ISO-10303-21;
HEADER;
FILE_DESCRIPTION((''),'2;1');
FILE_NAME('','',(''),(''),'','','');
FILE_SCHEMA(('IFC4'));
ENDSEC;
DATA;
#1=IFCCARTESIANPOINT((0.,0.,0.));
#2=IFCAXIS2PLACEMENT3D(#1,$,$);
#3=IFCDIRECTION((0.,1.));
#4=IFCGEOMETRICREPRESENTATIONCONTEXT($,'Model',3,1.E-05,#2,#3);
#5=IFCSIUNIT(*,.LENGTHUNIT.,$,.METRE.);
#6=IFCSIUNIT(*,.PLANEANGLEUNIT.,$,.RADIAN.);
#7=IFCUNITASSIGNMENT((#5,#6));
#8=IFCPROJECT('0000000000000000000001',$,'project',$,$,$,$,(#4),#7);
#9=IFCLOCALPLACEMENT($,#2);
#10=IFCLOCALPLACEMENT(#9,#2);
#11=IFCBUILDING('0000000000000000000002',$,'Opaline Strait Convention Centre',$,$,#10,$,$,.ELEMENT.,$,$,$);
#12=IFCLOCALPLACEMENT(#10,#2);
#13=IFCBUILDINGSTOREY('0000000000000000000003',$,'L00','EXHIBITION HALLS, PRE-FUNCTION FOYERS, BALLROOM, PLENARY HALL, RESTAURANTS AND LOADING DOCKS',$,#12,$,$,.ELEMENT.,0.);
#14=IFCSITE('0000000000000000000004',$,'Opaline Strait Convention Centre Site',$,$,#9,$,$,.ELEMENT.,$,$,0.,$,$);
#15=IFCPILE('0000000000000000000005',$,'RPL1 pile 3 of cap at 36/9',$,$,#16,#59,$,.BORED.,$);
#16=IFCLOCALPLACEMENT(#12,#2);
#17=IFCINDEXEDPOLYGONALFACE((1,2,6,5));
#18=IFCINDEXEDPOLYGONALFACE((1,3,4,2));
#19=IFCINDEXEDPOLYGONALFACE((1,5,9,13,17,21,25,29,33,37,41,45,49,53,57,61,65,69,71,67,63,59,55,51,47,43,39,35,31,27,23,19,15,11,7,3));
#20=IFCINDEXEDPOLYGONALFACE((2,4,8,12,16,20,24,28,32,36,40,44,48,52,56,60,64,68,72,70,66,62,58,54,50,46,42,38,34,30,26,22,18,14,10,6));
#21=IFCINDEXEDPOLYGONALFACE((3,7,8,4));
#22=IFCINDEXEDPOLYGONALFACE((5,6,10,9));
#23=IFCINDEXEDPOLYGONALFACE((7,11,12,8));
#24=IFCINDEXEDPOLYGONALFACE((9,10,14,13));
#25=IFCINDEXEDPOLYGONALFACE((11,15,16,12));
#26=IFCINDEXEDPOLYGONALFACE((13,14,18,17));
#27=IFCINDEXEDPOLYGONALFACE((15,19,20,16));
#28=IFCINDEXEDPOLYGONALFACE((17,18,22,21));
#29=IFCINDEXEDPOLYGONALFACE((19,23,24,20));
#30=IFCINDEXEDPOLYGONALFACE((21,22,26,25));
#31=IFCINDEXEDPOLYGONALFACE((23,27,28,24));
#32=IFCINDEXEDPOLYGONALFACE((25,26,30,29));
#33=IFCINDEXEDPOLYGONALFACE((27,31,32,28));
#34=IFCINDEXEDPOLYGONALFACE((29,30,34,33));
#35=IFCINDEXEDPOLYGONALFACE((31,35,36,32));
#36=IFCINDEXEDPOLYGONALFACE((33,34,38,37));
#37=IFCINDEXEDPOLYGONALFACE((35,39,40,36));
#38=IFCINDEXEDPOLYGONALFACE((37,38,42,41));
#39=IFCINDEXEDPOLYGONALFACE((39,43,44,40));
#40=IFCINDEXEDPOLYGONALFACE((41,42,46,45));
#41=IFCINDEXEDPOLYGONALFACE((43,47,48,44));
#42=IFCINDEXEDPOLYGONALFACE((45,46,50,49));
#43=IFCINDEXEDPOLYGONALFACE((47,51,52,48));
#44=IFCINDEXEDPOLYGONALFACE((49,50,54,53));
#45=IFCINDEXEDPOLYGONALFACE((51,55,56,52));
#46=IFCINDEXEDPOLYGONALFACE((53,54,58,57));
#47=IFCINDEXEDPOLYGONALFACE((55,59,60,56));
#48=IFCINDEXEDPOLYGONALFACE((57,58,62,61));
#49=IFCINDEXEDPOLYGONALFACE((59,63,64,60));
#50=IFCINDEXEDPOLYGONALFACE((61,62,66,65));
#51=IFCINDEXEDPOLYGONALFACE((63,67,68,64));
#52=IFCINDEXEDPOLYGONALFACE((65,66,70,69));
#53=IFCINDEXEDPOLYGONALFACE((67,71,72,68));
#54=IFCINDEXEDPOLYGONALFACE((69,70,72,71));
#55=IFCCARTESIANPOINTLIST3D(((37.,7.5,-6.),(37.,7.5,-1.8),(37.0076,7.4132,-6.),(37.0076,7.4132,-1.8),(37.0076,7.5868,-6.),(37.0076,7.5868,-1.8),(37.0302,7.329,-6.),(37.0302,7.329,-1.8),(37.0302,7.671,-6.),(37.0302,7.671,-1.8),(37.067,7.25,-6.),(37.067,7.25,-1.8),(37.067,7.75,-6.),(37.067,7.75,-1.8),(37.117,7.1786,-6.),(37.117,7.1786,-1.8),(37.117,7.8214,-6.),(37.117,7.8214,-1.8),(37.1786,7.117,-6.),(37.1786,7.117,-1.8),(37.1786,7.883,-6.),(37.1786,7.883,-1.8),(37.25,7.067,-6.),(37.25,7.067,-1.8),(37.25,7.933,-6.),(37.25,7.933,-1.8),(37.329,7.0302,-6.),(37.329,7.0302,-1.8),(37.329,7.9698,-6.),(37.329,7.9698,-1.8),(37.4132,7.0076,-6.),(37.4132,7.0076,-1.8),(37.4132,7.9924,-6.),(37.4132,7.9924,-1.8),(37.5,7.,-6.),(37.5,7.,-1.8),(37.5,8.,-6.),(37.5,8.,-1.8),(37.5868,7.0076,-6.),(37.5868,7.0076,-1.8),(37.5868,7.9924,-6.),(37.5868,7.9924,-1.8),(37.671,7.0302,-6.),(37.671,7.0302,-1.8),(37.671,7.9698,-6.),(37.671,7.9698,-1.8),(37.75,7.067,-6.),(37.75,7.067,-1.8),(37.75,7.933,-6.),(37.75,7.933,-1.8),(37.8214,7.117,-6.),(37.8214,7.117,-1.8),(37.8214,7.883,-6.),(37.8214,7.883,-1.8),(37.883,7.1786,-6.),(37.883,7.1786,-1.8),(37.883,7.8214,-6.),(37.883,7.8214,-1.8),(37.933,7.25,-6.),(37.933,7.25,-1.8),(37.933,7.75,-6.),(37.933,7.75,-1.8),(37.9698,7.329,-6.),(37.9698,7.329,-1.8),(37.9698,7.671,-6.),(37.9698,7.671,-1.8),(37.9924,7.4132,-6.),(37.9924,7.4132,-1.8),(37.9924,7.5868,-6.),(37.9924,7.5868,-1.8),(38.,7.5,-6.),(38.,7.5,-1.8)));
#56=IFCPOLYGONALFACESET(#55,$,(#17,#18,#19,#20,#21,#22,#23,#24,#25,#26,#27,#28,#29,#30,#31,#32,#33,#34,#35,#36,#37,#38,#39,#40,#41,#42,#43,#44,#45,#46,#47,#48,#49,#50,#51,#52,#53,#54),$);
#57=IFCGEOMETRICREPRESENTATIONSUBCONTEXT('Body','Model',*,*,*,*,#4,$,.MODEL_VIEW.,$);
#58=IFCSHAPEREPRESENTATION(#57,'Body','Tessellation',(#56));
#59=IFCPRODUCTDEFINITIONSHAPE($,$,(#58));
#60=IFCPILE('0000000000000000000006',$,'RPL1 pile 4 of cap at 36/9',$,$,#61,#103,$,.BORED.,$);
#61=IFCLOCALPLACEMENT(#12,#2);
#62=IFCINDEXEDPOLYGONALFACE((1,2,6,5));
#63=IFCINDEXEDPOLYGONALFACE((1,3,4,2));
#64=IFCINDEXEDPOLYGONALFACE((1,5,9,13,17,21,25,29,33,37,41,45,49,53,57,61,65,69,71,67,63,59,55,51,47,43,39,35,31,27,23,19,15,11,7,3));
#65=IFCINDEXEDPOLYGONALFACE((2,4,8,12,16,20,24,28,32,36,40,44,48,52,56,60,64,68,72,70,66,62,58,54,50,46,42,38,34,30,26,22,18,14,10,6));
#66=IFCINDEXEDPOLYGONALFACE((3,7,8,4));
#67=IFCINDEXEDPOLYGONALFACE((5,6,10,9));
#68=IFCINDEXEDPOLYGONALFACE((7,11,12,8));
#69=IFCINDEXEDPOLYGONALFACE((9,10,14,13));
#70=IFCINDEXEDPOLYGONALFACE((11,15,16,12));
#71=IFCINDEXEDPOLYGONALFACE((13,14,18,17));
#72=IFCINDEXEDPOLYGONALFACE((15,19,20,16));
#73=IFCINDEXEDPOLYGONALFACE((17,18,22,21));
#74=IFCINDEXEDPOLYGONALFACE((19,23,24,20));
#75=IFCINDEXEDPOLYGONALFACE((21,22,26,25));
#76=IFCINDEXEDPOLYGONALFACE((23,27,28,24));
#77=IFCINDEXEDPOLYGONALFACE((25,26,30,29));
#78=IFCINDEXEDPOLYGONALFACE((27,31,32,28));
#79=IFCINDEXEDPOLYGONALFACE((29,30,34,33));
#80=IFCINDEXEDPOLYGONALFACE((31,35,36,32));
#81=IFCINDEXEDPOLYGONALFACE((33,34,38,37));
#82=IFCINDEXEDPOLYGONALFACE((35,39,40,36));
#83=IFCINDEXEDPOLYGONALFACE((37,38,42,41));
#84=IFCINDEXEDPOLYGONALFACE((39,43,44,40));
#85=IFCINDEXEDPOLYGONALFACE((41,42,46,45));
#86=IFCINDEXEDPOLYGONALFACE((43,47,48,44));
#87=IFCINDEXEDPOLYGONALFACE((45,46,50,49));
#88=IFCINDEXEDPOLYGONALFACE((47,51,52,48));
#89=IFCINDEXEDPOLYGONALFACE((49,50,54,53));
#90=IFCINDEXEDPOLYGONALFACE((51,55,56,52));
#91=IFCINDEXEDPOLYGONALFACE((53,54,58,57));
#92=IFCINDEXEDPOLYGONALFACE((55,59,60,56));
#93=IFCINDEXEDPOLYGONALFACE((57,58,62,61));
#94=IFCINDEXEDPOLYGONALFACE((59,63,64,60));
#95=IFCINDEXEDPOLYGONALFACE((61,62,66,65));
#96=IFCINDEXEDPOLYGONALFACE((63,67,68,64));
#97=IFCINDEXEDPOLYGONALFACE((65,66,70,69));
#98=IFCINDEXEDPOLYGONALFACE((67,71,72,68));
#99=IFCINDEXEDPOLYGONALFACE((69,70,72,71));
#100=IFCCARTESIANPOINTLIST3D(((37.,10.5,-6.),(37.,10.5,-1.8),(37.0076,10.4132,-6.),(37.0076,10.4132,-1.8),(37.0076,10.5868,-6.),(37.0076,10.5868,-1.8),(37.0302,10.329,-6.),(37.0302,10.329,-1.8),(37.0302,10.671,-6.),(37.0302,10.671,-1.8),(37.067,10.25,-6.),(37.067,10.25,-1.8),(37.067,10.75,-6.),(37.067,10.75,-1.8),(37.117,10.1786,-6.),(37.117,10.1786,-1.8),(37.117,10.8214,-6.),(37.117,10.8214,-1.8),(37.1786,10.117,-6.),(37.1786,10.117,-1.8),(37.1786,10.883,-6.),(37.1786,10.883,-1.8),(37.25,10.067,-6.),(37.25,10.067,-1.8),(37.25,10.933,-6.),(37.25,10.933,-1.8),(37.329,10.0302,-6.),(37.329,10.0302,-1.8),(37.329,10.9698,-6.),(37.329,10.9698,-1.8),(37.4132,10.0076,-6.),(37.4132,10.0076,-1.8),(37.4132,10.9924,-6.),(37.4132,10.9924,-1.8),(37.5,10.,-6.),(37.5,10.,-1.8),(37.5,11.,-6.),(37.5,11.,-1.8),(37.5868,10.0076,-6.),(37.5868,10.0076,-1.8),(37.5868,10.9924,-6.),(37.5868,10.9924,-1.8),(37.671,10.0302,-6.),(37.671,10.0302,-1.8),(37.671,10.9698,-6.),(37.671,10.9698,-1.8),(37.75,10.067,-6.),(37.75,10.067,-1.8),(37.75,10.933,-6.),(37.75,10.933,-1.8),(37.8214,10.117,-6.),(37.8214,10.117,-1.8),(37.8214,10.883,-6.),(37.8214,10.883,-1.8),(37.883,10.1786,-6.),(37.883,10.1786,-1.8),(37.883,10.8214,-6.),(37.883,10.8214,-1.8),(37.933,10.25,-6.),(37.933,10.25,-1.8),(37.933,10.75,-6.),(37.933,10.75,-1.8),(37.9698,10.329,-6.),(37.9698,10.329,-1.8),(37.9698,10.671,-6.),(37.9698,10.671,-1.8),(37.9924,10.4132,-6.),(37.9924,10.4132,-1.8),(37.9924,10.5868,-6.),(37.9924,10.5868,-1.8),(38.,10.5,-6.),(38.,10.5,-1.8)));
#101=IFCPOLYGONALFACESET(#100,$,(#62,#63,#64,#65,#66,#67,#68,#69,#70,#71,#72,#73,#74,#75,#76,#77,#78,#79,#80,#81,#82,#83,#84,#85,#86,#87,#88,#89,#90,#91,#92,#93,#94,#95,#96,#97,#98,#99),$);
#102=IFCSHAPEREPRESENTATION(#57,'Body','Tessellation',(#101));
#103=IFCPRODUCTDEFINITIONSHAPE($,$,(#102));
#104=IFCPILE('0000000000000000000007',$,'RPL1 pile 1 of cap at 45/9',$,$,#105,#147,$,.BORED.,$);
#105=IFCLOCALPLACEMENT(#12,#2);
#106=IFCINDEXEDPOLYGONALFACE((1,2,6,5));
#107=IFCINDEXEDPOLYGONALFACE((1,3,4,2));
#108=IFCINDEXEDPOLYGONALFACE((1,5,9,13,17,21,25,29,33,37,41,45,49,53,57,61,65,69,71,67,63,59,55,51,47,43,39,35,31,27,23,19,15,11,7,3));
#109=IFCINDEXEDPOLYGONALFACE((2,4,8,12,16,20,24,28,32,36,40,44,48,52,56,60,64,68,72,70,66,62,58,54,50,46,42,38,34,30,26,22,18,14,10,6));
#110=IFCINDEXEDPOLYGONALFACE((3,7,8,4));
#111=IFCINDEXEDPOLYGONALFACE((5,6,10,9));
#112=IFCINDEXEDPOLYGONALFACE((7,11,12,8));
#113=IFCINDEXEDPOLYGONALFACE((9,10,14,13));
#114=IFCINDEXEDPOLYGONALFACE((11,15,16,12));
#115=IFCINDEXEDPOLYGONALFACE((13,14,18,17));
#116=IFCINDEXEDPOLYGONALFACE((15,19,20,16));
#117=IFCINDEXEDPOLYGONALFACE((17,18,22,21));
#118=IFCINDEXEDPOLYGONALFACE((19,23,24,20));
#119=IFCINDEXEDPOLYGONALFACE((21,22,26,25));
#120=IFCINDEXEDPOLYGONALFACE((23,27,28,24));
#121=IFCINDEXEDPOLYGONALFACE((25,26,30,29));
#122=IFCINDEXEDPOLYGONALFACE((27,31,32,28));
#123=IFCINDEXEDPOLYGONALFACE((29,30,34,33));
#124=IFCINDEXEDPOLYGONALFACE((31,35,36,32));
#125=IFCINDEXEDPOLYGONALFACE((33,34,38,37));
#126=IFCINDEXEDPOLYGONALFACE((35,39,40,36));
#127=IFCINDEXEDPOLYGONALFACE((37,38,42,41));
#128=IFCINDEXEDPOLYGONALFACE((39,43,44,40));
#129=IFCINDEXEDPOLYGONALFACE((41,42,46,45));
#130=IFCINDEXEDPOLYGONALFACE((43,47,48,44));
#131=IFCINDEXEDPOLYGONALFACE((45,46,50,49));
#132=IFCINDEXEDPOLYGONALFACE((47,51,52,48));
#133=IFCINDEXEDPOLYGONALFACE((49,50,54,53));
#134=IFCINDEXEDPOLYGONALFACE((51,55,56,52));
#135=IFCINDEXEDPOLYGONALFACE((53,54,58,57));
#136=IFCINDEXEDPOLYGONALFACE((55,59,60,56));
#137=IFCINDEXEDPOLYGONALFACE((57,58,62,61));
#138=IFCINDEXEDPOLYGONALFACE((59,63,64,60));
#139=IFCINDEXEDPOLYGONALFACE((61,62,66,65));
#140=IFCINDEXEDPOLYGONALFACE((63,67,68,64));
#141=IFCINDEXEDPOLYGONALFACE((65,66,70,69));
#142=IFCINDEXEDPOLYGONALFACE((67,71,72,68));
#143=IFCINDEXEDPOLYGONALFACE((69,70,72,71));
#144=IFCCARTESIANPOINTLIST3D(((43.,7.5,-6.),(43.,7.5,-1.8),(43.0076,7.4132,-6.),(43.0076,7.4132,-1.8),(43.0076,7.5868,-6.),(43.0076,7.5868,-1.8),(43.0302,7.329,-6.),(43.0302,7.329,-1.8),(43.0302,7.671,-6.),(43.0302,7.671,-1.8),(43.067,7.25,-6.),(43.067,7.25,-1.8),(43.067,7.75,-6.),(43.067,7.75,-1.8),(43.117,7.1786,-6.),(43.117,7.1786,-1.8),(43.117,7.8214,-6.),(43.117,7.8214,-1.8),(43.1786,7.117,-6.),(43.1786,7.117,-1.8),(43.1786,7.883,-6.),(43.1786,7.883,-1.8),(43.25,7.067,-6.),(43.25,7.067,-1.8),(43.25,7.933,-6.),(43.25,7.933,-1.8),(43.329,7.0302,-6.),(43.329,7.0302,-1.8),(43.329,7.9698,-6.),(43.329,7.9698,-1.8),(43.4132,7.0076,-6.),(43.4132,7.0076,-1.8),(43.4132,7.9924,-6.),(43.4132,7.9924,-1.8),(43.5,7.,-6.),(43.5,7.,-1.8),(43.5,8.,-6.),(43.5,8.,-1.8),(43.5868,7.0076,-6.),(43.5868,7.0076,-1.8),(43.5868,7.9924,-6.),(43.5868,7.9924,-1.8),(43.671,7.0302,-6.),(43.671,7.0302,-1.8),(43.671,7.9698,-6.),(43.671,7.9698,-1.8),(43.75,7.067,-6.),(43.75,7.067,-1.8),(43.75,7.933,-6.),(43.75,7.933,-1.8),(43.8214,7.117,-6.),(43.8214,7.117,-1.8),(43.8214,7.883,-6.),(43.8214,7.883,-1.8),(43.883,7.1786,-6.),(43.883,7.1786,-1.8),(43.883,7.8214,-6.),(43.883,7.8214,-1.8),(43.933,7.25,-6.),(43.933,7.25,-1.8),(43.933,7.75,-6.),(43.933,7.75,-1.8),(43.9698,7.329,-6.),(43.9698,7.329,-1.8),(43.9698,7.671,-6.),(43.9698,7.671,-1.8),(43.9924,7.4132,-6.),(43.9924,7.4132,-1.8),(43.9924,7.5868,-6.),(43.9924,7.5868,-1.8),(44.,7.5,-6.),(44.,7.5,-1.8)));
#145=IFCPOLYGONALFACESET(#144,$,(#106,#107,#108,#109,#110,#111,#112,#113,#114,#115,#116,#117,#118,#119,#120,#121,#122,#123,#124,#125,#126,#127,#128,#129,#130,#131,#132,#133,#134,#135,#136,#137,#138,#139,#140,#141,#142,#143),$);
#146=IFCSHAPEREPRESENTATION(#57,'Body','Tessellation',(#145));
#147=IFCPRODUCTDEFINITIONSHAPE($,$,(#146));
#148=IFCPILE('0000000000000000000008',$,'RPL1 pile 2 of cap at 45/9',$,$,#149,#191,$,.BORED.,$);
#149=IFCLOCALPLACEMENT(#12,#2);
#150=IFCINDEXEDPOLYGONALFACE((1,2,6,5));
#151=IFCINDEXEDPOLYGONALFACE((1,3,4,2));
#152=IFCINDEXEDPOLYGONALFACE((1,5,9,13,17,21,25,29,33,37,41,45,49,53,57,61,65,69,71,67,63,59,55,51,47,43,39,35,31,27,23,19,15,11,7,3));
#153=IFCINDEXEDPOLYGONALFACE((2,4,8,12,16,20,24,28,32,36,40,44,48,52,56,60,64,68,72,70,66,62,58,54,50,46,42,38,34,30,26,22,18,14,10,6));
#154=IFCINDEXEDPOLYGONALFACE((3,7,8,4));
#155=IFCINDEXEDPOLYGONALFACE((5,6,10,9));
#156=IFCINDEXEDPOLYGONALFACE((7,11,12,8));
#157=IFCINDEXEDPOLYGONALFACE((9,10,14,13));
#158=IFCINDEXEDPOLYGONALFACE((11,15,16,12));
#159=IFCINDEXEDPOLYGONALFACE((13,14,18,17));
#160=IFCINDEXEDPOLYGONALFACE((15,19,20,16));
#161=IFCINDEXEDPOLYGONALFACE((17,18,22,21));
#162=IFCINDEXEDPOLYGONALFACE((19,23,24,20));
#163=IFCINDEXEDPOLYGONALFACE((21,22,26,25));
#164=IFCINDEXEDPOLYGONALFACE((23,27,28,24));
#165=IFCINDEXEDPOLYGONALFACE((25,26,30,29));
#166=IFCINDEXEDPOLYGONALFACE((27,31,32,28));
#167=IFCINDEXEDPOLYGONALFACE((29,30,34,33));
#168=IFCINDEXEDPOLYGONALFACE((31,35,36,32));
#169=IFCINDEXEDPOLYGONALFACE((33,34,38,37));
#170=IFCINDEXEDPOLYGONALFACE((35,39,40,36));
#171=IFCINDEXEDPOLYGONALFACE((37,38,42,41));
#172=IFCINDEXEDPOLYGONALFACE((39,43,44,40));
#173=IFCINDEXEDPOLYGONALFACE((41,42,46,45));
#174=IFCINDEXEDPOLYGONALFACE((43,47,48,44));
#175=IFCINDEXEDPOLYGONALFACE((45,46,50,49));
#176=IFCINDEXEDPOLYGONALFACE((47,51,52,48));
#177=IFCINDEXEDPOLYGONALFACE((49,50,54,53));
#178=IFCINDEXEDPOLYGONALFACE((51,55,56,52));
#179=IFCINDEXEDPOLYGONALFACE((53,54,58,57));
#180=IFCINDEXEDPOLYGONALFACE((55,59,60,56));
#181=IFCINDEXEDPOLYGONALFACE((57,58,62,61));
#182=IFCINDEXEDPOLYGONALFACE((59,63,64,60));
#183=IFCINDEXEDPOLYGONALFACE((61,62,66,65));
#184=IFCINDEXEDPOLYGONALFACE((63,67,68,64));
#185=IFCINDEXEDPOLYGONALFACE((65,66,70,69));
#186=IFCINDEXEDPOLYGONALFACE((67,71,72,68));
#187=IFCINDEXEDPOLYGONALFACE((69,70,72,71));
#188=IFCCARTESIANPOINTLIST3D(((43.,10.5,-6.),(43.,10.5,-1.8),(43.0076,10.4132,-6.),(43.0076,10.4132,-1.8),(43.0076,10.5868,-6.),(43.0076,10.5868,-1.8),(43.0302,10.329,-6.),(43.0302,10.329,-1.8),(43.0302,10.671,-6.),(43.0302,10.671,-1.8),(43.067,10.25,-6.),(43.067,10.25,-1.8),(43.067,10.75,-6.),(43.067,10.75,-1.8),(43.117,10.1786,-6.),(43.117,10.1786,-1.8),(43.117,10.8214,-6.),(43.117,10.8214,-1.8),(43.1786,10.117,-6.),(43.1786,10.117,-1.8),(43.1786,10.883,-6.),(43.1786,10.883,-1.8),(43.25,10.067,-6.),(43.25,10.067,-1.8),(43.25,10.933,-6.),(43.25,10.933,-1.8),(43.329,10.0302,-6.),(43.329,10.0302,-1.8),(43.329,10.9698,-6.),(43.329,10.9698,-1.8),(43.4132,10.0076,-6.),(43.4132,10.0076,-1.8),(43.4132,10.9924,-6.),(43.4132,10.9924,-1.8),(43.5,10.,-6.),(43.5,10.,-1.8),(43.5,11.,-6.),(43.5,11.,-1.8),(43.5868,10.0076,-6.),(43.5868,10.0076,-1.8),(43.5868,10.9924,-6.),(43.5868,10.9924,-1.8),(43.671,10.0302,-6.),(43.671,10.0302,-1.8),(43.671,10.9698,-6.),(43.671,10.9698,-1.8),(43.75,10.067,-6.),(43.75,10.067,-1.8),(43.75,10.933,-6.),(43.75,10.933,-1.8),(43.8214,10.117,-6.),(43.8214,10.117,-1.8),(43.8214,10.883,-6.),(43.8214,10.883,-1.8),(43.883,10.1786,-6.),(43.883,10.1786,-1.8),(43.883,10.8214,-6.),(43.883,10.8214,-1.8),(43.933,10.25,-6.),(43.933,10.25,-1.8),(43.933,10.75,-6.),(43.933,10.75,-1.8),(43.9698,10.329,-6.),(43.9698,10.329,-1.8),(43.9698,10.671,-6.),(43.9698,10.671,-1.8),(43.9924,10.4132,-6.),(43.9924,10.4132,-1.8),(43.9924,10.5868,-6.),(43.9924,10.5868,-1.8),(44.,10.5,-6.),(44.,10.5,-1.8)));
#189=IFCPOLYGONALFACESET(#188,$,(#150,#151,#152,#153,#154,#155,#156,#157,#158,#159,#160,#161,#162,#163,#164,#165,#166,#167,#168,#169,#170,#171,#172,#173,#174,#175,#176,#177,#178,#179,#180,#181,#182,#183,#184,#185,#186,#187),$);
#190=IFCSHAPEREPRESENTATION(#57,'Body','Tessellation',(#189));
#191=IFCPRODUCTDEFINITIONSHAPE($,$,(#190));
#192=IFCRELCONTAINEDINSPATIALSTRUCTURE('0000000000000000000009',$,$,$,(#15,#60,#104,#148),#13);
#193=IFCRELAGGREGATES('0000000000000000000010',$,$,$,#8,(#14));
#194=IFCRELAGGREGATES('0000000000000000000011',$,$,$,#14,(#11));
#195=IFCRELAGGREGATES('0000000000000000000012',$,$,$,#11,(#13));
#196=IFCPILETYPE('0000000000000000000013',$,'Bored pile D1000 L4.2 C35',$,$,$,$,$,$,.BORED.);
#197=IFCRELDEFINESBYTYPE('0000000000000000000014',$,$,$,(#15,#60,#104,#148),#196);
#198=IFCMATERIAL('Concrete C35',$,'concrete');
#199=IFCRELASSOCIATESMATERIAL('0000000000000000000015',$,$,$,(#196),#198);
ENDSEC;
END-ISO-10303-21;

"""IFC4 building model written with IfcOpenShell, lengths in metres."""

from ifc_helpers import new_model, si_unit, direction, frame, origin, origin_2d, place, context, subcontext, project, spatial, circle, extrude, material, material_profile, profile_set, type_object, element, save


model = new_model("IFC4")

# Units and contexts
model_context = context("Model", 3, precision=1e-05, world=origin(), true_north=direction((0.0, 1.0)))
body_context = subcontext(model_context, "Body", "Model", "MODEL_VIEW")
ifc_project = project(units=[si_unit("LENGTHUNIT", "METRE"), si_unit("PLANEANGLEUNIT", "RADIAN")], contexts=[model_context])

# Site, building, storey
site_placement = place(None, origin())
site = spatial("IfcSite", under=ifc_project, at=site_placement, Name="Opaline Strait Convention Centre Site", CompositionType="ELEMENT", RefElevation=0.0)
building_placement = place(site_placement, origin())
building = spatial("IfcBuilding", under=site, at=building_placement, Name="Opaline Strait Convention Centre", CompositionType="ELEMENT")
storey_placement = place(building_placement, origin())
storey = spatial("IfcBuildingStorey", under=building, at=storey_placement, Name="L00", Description="EXHIBITION HALLS, PRE-FUNCTION FOYERS, BALLROOM, PLENARY HALL, RESTAURANTS AND LOADING DOCKS", CompositionType="ELEMENT", Elevation=0.0)

# Piles
ifc_material_1 = material(Name="Concrete C35", Category="concrete")
ifc_material_profile_1 = material_profile(ifc_material_1, circle(Radius=0.5, at=origin_2d()), Name="D1000")
ifc_profile_set_1 = profile_set([ifc_material_profile_1], Name="Concrete C35")
pile_type = type_object("IfcPileType", Name="Bored pile D1000 L4.2 C35", PredefinedType="BORED", material=ifc_profile_set_1)
for number, where, z_axis, x_axis, name in (
    (1, (37.5, 7.5, -1.8), (0.0, 0.0, -1.0), (1.0, 0.0, 0.0), "RPL1 pile 3 of cap at 36/9"),
    (2, (37.5, 10.5, -1.8), (0.0, 0.0, -1.0), (1.0, 0.0, 0.0), "RPL1 pile 4 of cap at 36/9"),
    (3, (43.5, 7.5, -1.8), (0.0, 0.0, -1.0), (1.0, 0.0, 0.0), "RPL1 pile 1 of cap at 45/9"),
    (4, (43.5, 10.5, -1.8), (0.0, 0.0, -1.0), (1.0, 0.0, 0.0), "RPL1 pile 2 of cap at 45/9"),
):
    element("IfcPile", number, at=place(storey_placement, frame(where, z_axis=z_axis, x_axis=x_axis)), inside=storey, type_object=pile_type, Name=name, PredefinedType="BORED", context=body_context, shape_type="SweptSolid", body=[
        extrude(circle(Radius=0.5, at=origin_2d()), origin(), (0.0, 0.0, 1.0), 4.2),
    ])

save(model, "model.ifc")
